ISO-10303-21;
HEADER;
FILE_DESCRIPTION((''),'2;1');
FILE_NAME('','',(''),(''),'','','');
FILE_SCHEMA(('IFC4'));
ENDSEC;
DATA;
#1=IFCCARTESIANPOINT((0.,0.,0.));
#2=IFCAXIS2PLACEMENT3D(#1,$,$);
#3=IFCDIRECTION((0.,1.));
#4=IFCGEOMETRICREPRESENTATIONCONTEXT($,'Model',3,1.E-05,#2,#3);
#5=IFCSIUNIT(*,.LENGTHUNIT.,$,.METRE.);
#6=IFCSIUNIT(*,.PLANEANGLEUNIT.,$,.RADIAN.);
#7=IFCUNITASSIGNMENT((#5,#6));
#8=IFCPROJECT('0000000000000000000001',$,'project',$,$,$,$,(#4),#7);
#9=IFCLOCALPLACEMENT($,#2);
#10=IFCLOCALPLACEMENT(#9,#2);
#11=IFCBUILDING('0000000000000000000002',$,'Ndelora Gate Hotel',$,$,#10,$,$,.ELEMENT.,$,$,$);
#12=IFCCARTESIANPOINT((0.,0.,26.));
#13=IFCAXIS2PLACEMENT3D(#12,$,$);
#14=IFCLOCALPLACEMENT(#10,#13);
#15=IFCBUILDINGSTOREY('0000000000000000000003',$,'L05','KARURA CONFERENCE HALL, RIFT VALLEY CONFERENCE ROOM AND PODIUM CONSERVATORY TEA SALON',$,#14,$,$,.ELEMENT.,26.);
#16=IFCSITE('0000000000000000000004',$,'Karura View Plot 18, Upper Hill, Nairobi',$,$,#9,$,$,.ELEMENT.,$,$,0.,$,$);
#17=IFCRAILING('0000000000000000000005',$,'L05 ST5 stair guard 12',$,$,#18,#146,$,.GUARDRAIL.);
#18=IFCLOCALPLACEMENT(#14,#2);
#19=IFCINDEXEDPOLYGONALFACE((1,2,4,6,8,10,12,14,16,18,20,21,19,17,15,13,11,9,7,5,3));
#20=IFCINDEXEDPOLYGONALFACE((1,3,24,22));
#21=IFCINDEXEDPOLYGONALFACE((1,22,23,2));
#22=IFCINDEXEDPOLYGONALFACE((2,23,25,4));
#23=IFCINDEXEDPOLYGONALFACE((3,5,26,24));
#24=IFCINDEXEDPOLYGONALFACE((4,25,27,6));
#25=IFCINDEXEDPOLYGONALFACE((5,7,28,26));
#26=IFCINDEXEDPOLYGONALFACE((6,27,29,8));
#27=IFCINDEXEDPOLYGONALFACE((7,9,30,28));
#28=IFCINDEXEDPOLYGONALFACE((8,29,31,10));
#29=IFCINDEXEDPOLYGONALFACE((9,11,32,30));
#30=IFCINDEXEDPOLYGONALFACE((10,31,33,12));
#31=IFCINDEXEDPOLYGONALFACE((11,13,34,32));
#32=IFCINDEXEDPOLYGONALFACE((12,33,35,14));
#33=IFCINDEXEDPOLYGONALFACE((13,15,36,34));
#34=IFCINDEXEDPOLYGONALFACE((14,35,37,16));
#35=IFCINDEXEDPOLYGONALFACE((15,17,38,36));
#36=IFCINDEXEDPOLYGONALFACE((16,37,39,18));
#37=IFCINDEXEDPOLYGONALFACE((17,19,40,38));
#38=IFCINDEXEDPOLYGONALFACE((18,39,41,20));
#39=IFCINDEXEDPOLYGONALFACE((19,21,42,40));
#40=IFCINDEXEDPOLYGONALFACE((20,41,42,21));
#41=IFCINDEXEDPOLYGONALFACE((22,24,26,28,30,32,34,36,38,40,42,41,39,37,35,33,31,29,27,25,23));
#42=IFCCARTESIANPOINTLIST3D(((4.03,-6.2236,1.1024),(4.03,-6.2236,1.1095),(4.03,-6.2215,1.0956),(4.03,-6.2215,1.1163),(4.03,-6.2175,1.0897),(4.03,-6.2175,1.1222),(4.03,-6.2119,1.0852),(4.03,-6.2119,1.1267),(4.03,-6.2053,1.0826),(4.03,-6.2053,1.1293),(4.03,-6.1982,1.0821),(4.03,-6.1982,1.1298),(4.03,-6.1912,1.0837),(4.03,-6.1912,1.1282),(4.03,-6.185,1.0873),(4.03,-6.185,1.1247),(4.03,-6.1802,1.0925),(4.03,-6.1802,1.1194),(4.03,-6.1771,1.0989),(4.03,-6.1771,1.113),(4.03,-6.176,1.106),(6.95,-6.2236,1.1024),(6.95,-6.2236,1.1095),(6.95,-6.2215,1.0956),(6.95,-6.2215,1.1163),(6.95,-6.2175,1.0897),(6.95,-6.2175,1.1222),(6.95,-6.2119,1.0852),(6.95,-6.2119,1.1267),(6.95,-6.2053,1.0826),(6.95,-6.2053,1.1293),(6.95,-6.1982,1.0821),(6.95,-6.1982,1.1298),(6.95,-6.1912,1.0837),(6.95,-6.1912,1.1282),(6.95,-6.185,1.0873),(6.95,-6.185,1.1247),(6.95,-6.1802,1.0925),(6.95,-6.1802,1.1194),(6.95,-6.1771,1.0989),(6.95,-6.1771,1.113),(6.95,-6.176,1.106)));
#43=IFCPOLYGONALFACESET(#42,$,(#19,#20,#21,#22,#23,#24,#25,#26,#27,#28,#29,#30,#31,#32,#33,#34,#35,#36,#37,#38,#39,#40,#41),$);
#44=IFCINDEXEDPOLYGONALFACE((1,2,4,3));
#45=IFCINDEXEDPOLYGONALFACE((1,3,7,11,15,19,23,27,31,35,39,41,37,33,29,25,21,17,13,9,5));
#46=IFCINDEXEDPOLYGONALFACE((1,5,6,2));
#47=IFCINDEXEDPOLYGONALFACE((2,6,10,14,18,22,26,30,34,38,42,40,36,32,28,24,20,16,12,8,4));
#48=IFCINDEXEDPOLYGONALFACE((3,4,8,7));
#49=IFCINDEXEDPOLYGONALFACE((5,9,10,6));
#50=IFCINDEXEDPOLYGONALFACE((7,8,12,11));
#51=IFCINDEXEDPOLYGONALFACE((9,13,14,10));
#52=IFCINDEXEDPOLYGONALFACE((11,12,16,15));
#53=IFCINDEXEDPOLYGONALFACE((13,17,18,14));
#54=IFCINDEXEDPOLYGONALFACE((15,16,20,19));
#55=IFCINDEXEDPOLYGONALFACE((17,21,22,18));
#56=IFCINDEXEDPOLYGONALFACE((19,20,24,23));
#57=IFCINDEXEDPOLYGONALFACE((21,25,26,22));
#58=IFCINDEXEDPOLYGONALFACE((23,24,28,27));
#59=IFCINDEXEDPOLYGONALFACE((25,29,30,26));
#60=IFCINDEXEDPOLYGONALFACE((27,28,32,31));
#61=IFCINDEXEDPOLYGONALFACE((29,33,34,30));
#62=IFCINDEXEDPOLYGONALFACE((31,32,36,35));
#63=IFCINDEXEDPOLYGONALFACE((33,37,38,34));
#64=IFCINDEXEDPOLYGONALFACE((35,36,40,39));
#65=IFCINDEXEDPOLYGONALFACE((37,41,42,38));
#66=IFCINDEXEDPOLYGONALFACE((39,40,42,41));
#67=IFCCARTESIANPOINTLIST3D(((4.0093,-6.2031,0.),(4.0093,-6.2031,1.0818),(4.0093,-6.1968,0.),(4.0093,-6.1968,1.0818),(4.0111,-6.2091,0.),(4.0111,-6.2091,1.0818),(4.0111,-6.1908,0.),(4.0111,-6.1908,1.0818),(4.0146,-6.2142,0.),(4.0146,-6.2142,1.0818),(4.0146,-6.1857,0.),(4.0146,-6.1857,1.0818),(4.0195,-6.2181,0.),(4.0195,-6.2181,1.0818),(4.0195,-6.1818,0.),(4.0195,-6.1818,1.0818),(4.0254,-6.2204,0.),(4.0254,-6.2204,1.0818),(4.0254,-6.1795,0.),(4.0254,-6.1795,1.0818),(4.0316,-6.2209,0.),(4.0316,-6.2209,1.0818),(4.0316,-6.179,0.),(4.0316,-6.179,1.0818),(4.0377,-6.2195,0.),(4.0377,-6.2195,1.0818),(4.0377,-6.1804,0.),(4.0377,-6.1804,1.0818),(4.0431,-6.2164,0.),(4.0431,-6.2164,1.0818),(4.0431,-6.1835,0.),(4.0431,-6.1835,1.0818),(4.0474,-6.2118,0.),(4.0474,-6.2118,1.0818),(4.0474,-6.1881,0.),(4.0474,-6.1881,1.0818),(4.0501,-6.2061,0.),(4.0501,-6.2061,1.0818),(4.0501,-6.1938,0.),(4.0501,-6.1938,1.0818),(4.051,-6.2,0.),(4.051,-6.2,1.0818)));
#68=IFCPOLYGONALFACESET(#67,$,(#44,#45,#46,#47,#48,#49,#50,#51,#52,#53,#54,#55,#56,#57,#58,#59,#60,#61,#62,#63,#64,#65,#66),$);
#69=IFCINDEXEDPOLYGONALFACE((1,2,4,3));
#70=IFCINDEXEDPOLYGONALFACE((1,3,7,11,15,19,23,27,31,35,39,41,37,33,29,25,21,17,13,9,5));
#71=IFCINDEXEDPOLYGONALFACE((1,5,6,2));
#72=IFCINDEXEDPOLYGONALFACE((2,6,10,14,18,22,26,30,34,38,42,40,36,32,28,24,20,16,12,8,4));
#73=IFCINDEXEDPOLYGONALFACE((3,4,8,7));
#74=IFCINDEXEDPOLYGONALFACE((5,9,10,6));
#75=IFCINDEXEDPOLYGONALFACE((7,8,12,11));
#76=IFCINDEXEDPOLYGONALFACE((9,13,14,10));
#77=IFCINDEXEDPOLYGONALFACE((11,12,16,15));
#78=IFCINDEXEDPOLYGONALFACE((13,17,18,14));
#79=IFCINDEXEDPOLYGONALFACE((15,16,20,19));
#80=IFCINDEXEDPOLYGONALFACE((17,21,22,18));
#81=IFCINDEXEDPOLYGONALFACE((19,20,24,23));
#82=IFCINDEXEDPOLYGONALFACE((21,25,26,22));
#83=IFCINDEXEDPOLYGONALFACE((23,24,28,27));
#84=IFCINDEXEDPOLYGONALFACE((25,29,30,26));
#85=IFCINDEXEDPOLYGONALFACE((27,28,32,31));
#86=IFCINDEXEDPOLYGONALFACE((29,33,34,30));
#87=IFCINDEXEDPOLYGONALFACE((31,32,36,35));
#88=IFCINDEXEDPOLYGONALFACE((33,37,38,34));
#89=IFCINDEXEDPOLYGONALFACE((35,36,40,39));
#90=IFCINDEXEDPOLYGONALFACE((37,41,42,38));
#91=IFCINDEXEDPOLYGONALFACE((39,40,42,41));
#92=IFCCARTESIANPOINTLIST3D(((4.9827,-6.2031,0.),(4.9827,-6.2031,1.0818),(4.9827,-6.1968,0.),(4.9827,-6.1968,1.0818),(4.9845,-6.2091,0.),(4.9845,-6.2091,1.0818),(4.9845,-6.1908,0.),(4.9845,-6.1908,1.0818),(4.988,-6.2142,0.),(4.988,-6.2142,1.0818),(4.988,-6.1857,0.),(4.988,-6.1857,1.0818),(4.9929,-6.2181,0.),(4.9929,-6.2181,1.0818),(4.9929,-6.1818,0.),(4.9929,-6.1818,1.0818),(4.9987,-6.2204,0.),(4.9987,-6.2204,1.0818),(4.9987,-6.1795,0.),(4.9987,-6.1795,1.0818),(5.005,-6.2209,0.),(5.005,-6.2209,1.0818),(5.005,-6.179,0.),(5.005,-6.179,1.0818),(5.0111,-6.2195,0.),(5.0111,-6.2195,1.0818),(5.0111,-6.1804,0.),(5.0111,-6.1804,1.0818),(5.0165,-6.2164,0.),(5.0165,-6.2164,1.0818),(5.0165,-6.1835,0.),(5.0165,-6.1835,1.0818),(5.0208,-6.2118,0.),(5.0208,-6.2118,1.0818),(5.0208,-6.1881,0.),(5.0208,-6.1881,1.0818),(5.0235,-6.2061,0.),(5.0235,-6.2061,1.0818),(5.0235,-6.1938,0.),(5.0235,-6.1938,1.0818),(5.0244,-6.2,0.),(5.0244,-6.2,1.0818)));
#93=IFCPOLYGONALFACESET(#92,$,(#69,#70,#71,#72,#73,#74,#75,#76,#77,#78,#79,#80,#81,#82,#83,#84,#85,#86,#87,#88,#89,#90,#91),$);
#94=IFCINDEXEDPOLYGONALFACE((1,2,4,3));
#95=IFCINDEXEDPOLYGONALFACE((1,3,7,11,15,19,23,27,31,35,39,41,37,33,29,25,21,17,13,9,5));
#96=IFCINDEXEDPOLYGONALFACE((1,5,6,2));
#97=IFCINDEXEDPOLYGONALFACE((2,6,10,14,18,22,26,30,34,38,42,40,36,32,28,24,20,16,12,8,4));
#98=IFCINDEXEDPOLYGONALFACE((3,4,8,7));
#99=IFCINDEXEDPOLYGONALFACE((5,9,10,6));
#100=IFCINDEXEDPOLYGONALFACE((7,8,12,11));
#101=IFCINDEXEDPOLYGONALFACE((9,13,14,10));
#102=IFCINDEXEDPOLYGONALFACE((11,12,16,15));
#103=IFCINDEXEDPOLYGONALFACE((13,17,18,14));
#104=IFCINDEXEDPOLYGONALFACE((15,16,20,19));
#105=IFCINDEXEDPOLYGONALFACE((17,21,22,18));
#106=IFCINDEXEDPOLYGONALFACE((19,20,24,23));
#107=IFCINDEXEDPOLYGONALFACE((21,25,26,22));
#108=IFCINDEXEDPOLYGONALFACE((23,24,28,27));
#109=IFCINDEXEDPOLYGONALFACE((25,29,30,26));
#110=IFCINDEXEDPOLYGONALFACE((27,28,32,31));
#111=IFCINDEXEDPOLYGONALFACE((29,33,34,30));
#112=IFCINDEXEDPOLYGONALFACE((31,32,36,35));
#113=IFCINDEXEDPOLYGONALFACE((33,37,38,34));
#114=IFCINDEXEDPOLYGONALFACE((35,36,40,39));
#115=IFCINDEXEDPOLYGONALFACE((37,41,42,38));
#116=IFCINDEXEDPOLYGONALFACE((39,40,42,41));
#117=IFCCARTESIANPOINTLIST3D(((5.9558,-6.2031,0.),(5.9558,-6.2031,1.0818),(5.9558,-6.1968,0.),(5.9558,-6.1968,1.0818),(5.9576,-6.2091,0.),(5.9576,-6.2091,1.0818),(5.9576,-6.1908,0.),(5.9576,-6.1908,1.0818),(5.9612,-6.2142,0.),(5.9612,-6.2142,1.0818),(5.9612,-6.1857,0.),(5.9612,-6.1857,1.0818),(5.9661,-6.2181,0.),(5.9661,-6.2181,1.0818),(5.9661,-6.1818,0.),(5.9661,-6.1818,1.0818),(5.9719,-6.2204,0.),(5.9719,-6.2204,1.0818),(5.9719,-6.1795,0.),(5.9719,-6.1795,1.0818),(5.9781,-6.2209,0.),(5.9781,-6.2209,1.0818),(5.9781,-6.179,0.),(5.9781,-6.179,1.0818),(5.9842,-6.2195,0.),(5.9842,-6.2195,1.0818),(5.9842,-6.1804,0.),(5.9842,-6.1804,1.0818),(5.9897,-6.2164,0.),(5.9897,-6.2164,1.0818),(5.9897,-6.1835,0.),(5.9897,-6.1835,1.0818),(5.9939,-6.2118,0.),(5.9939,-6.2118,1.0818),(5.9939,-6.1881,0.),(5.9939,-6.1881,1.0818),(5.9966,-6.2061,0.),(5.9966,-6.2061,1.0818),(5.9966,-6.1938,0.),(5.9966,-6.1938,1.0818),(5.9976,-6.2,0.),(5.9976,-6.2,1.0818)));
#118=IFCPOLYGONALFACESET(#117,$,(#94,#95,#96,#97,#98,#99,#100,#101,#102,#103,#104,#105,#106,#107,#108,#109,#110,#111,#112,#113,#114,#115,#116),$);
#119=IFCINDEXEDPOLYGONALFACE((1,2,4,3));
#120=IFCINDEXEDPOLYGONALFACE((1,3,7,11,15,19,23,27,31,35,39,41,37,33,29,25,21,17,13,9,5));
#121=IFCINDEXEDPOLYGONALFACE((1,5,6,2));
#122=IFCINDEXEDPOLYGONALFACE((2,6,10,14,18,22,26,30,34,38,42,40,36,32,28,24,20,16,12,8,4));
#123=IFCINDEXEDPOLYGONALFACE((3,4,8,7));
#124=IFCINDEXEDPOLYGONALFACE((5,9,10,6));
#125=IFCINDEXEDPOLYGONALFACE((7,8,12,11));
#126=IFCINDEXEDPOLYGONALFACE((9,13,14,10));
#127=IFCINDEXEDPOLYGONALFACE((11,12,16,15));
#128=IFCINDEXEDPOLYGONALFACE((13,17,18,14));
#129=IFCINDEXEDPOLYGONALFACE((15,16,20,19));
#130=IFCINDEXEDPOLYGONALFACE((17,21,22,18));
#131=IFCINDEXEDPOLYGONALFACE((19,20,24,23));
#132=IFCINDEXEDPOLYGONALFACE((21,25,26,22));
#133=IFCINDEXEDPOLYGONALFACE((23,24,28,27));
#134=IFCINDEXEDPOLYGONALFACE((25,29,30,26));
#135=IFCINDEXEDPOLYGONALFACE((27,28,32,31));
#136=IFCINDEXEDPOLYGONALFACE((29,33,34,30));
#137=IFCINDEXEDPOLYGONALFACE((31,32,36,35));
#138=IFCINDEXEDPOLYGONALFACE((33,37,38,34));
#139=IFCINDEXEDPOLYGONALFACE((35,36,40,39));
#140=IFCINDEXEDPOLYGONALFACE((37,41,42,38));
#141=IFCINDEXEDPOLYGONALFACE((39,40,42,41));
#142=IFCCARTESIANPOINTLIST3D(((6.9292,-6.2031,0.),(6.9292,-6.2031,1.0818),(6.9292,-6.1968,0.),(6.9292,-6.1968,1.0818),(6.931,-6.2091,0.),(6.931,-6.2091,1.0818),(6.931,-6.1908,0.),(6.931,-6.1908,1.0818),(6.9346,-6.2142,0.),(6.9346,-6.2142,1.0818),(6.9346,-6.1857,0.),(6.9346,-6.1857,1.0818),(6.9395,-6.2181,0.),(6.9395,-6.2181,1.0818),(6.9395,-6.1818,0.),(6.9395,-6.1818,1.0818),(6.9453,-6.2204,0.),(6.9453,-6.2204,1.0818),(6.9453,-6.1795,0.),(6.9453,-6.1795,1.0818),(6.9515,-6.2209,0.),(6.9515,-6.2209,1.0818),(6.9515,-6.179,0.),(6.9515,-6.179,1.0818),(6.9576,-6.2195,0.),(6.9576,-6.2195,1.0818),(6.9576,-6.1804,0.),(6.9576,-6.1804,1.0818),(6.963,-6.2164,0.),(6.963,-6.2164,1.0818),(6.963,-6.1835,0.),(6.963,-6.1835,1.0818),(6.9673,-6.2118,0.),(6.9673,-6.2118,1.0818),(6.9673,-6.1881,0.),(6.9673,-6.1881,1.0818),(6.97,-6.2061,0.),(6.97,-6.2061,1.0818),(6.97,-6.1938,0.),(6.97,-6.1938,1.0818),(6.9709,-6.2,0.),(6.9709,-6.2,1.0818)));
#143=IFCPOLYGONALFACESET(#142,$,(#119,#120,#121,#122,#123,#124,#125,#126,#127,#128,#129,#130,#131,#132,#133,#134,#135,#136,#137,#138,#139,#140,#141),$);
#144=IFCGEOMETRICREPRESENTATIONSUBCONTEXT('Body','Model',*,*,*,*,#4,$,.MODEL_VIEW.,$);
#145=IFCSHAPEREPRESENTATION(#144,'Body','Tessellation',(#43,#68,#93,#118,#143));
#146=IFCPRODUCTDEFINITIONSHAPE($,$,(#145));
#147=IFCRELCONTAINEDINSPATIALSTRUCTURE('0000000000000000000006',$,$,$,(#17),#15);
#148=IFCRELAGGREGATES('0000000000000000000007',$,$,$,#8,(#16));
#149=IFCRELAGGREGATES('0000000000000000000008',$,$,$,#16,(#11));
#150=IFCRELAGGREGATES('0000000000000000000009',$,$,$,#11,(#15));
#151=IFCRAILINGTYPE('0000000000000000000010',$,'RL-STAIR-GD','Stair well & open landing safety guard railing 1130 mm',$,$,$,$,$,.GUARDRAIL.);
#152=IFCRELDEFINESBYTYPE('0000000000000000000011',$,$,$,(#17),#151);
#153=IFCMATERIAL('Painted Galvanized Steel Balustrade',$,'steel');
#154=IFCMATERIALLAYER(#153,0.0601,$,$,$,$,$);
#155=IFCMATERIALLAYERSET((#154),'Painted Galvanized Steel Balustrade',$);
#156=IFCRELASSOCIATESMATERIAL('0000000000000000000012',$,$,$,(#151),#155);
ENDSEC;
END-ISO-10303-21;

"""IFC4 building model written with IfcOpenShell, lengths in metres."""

from ifc_helpers import new_model, si_unit, direction, frame, origin, origin_2d, place, context, subcontext, project, spatial, circle, extrude, material, layer, layer_set, type_object, element, save


model = new_model("IFC4")

# Units and contexts
model_context = context("Model", 3, precision=1e-05, world=origin(), true_north=direction((0.0, 1.0)))
body_context = subcontext(model_context, "Body", "Model", "MODEL_VIEW")
ifc_project = project(units=[si_unit("LENGTHUNIT", "METRE"), si_unit("PLANEANGLEUNIT", "RADIAN")], contexts=[model_context])

# Site, building, storey
site_placement = place(None, origin())
site = spatial("IfcSite", under=ifc_project, at=site_placement, Name="Karura View Plot 18, Upper Hill, Nairobi", CompositionType="ELEMENT", RefElevation=0.0)
building_placement = place(site_placement, origin())
building = spatial("IfcBuilding", under=site, at=building_placement, Name="Ndelora Gate Hotel", CompositionType="ELEMENT")
storey_placement = place(building_placement, frame((0.0, 0.0, 26.0)))
storey = spatial("IfcBuildingStorey", under=building, at=storey_placement, Name="L05", Description="KARURA CONFERENCE HALL, RIFT VALLEY CONFERENCE ROOM AND PODIUM CONSERVATORY TEA SALON", CompositionType="ELEMENT", Elevation=26.0)

# Railing
ifc_material_1 = material(Name="Painted Galvanized Steel Balustrade", Category="steel")
ifc_layer_1 = layer(ifc_material_1, 0.0601)
ifc_layer_set_1 = layer_set([ifc_layer_1], Name="Painted Galvanized Steel Balustrade")
railing_type_1 = type_object("IfcRailingType", Name="RL-STAIR-GD", Description="Stair well & open landing safety guard railing 1130 mm", PredefinedType="GUARDRAIL", material=ifc_layer_set_1)
railing_1_placement = place(storey_placement, frame((4.03, -6.2, 0.0)))
element("IfcRailing", 1, at=railing_1_placement, inside=storey, type_object=railing_type_1, Name="L05 ST5 stair guard 12", PredefinedType="GUARDRAIL", context=body_context, shape_type="SweptSolid", body=[
    extrude(circle(Radius=0.0239, at=origin_2d()), frame((0.0, 0.0, 1.106), z_axis=(1.0, 0.0, 0.0), x_axis=(0.0, 1.0, 0.0)), (0.0, 0.0, 1.0), 2.9199),
    extrude(circle(Radius=0.021, at=origin_2d()), origin(), (0.0, 0.0, 1.0), 1.0818),
    extrude(circle(Radius=0.021, at=origin_2d()), frame((0.9734, 0.0, 0.0)), (0.0, 0.0, 1.0), 1.0818),
    extrude(circle(Radius=0.021, at=origin_2d()), frame((1.9465, 0.0, 0.0)), (0.0, 0.0, 1.0), 1.0818),
    extrude(circle(Radius=0.021, at=origin_2d()), frame((2.9199, 0.0, 0.0)), (0.0, 0.0, 1.0), 1.0818),
])

save(model, "model.ifc")
